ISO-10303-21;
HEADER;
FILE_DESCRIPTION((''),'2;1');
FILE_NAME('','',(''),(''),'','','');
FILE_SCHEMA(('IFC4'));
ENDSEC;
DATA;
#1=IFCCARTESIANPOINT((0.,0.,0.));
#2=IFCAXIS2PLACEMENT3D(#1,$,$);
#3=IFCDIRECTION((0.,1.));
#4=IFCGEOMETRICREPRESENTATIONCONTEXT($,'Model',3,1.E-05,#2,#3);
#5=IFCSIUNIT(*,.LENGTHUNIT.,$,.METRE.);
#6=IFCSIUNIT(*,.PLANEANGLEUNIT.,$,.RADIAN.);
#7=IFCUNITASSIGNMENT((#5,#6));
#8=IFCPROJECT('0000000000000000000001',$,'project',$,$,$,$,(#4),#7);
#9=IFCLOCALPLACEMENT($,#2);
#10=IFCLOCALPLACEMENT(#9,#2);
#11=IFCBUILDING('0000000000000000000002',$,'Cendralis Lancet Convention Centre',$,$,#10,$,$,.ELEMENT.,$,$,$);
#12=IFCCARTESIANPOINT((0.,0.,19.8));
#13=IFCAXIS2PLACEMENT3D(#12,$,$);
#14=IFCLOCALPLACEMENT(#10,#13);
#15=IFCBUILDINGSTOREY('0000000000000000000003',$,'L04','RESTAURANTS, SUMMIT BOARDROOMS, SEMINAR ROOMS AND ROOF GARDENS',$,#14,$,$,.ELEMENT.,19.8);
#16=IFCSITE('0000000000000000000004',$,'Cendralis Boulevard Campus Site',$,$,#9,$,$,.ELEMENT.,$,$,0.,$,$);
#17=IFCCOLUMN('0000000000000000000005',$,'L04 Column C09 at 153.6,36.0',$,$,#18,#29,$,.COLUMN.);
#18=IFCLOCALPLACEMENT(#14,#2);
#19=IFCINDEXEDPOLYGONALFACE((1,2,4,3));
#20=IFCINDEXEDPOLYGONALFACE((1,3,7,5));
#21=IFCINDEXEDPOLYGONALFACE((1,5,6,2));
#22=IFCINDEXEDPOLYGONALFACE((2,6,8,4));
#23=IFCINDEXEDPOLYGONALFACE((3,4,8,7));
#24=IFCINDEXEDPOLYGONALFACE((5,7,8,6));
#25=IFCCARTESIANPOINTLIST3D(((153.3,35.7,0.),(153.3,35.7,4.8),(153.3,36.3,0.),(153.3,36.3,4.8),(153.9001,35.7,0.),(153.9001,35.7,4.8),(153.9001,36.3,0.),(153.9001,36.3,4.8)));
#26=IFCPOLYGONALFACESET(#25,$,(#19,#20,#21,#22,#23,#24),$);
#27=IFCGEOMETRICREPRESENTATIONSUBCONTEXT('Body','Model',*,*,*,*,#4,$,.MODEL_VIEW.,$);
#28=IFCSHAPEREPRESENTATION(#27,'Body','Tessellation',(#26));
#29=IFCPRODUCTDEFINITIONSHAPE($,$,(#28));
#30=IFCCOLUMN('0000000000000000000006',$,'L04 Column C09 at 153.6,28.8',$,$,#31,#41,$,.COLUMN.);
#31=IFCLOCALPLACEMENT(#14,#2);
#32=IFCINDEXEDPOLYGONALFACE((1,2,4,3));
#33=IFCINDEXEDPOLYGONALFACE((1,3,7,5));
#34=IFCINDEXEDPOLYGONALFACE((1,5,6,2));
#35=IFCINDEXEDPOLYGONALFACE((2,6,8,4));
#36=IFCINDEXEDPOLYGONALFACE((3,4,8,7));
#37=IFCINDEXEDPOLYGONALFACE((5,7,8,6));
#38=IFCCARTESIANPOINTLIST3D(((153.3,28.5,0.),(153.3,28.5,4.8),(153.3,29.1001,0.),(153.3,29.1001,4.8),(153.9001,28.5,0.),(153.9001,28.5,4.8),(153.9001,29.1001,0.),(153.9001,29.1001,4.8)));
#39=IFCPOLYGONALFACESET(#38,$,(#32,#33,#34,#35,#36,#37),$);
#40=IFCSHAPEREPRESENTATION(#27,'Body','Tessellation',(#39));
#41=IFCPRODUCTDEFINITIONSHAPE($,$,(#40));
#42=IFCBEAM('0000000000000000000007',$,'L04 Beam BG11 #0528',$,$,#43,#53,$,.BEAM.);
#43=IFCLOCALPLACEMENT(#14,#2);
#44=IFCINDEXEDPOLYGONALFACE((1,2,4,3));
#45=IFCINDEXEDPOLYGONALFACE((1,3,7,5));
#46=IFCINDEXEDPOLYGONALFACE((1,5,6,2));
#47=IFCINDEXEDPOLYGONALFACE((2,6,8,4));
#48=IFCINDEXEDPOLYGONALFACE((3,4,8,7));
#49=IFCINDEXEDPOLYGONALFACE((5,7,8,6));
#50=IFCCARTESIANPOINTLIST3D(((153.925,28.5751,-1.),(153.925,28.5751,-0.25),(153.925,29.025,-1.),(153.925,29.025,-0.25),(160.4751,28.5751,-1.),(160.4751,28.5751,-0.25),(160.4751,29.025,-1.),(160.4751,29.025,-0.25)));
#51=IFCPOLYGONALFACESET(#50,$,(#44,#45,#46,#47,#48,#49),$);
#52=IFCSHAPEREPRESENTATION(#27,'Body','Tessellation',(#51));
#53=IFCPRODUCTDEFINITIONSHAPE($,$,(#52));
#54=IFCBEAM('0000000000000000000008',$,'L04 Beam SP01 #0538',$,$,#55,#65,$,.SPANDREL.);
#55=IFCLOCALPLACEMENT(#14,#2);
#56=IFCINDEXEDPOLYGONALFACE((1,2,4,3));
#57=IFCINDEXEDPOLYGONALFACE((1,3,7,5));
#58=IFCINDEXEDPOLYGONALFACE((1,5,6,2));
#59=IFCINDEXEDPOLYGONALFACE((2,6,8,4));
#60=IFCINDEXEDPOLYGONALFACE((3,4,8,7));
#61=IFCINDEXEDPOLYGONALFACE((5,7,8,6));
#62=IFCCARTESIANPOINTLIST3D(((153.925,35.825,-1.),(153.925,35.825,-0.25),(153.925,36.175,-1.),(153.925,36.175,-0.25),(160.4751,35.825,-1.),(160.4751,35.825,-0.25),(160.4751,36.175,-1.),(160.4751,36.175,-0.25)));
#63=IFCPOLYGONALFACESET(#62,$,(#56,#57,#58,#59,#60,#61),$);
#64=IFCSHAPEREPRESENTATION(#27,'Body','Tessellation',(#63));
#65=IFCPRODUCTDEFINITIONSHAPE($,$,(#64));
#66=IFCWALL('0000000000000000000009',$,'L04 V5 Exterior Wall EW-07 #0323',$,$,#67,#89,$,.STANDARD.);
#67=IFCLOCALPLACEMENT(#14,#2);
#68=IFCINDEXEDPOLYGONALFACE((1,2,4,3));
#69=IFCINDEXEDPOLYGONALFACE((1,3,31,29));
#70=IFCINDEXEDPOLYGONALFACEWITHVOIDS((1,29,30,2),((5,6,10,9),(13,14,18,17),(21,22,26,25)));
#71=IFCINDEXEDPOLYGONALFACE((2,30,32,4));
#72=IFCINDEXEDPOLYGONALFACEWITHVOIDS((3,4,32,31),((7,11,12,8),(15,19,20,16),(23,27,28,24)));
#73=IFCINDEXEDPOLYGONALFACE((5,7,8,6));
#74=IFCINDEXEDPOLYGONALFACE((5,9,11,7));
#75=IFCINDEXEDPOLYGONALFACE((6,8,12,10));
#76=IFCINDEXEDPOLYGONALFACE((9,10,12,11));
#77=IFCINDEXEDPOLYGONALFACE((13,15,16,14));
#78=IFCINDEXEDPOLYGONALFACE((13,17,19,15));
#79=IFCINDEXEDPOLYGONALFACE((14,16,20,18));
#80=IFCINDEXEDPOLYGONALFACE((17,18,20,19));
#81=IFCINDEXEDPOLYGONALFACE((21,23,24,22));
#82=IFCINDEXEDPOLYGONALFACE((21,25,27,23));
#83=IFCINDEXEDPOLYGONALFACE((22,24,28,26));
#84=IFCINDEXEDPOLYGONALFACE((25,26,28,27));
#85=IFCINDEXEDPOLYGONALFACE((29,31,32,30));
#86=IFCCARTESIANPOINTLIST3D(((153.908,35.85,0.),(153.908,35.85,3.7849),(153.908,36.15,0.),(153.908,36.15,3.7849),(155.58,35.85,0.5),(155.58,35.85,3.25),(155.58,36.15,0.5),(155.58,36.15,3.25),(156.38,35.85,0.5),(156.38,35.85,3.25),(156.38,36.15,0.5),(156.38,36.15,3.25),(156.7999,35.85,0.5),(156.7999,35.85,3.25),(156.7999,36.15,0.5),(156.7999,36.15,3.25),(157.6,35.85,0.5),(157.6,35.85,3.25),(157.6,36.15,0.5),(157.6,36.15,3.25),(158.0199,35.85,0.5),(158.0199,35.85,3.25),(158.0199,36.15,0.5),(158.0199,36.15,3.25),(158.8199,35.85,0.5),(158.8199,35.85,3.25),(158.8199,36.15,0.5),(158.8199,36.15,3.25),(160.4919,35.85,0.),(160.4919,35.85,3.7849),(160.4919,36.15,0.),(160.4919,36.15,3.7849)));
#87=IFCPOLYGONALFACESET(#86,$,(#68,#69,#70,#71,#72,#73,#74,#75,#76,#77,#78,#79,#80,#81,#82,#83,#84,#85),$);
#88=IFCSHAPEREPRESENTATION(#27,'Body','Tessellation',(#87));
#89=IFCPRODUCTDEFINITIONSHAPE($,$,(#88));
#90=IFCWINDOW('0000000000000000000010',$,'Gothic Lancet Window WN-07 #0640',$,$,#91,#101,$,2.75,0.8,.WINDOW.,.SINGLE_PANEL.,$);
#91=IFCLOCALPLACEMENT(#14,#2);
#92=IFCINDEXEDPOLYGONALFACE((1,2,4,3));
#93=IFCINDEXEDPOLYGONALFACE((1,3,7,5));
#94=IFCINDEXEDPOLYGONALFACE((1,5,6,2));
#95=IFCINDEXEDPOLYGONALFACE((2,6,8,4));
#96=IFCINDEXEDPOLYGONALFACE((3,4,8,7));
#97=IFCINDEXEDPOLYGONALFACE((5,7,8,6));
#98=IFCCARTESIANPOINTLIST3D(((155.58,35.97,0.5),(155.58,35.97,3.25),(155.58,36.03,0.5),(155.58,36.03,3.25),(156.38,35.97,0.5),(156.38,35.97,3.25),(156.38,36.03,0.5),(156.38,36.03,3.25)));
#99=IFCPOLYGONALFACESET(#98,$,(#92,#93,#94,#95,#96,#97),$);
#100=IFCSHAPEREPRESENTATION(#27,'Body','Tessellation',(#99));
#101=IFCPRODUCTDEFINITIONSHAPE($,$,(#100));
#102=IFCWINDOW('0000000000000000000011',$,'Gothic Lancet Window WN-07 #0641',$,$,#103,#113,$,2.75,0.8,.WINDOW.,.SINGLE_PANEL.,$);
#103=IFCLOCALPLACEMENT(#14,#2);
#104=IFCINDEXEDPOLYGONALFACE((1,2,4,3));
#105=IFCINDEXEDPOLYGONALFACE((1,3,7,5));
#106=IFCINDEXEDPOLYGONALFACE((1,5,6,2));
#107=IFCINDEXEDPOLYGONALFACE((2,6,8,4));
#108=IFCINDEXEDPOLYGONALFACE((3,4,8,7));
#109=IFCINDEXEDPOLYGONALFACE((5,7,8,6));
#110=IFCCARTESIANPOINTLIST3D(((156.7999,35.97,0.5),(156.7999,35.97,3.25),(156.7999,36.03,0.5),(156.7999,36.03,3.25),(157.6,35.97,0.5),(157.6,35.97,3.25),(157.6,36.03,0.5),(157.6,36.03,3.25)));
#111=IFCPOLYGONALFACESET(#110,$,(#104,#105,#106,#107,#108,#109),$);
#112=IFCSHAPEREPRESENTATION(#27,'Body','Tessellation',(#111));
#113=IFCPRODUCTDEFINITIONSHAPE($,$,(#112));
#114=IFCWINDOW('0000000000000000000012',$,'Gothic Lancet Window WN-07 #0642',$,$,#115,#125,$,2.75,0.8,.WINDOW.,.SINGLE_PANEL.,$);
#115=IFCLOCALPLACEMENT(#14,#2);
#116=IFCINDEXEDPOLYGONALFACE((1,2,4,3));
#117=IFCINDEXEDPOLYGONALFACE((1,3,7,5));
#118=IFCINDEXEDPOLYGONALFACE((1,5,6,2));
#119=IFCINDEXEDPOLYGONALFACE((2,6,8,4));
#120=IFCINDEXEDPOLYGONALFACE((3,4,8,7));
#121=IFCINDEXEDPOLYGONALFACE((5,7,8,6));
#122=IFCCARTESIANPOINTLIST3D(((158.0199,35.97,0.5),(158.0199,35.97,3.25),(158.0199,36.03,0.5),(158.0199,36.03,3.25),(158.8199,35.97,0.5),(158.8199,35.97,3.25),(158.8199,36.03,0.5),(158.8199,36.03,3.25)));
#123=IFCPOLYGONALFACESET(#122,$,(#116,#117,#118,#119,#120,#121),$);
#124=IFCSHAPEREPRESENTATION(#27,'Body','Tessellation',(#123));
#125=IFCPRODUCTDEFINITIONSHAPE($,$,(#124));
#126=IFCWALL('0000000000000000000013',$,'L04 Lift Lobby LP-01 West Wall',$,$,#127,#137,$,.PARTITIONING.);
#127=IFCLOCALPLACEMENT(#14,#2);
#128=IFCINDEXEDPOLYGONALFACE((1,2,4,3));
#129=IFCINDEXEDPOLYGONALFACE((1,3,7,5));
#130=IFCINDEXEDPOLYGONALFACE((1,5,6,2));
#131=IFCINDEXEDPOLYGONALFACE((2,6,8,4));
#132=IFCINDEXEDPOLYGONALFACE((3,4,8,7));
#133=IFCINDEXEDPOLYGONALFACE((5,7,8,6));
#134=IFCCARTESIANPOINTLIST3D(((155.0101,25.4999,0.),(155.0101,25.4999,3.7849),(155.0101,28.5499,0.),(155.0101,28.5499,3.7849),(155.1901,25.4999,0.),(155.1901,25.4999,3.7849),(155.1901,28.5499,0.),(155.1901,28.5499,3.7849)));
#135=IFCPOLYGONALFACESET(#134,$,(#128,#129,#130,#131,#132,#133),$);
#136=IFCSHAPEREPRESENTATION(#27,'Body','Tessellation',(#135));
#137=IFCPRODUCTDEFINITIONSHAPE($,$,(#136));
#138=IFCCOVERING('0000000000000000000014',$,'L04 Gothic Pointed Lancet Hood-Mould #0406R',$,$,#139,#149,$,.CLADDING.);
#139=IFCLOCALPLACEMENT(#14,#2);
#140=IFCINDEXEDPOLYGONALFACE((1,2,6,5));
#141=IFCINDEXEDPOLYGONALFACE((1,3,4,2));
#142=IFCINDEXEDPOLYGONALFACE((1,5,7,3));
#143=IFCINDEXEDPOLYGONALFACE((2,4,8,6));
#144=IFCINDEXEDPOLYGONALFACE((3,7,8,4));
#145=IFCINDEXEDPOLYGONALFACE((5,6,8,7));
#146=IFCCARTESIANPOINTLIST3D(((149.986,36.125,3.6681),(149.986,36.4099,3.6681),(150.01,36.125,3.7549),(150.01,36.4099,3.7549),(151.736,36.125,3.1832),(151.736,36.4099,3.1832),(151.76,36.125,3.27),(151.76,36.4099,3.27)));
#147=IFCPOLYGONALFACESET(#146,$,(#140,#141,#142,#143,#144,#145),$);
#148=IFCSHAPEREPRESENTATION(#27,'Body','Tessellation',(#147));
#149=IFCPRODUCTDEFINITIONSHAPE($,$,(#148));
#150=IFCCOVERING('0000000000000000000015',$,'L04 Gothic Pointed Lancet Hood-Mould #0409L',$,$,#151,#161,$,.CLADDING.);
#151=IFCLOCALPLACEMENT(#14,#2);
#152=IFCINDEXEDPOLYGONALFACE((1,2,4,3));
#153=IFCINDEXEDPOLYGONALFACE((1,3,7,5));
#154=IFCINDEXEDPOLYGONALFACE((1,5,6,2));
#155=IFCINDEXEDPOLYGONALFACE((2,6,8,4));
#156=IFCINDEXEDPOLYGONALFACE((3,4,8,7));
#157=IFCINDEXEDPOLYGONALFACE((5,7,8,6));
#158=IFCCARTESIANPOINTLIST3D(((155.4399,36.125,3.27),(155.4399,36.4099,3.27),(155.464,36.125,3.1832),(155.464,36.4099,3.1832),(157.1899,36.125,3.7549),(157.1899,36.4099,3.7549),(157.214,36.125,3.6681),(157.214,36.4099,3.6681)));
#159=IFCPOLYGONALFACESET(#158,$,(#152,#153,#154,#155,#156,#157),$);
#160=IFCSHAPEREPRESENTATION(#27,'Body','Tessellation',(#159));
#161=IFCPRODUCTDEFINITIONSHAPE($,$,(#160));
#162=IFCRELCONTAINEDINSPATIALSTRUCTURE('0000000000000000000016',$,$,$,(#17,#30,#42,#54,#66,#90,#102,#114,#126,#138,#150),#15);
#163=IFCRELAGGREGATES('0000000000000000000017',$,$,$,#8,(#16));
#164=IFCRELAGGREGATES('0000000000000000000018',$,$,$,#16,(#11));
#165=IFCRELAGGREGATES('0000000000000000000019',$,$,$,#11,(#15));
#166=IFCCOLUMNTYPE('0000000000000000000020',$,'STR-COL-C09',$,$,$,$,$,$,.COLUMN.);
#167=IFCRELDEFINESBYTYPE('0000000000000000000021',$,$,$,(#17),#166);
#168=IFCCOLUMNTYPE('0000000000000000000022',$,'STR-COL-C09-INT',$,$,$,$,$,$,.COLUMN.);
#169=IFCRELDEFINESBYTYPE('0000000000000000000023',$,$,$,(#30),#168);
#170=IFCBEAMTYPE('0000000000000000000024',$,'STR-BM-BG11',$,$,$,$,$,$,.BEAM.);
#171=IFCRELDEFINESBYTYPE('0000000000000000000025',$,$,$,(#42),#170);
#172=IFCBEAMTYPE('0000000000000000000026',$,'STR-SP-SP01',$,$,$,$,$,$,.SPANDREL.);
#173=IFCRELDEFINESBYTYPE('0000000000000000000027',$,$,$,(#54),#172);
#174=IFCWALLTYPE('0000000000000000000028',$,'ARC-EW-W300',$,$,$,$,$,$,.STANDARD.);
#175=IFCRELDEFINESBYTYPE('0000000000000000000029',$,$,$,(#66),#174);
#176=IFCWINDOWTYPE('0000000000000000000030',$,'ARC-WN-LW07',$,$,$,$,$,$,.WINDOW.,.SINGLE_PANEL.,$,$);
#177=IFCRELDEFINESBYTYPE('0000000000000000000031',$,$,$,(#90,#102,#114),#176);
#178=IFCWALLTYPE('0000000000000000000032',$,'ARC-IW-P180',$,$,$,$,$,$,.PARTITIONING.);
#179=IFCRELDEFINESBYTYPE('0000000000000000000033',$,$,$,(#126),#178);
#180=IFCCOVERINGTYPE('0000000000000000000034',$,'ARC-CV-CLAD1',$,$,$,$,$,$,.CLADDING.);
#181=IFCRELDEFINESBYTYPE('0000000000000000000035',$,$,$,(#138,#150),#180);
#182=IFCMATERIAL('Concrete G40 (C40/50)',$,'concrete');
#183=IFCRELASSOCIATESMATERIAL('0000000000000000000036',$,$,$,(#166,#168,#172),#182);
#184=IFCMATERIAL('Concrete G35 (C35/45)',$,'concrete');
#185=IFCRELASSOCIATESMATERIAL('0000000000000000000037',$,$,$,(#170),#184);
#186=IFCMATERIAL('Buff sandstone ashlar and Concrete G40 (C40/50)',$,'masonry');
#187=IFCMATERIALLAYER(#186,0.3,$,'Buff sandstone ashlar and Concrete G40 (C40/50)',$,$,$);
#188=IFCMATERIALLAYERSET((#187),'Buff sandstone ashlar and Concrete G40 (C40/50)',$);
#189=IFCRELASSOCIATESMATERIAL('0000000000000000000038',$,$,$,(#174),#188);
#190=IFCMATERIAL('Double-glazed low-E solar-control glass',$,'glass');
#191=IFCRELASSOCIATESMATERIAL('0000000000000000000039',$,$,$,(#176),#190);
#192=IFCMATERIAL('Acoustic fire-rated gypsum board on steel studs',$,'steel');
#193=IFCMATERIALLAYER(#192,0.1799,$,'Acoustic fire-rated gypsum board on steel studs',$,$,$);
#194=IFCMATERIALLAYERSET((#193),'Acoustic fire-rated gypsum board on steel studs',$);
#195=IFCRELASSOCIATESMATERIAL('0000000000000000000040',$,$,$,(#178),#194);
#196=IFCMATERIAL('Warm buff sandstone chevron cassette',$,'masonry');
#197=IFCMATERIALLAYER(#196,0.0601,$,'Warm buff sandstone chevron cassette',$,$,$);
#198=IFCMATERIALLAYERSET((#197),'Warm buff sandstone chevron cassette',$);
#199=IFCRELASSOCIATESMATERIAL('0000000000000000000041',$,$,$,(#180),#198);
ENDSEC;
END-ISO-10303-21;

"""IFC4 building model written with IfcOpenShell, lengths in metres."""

from ifc_helpers import new_model, si_unit, direction, frame, frame_2d, origin, origin_2d, place, context, subcontext, project, spatial, polyline, rectangle, outline, extrude, material, layer, layer_set, material_profile, profile_set, type_object, element, fill, save


model = new_model("IFC4")

# Units and contexts
model_context = context("Model", 3, precision=1e-05, world=origin(), true_north=direction((0.0, 1.0)))
body_context = subcontext(model_context, "Body", "Model", "MODEL_VIEW")
ifc_project = project(units=[si_unit("LENGTHUNIT", "METRE"), si_unit("PLANEANGLEUNIT", "RADIAN")], contexts=[model_context])

# Site, building, storey
site_placement = place(None, origin())
site = spatial("IfcSite", under=ifc_project, at=site_placement, Name="Cendralis Boulevard Campus Site", CompositionType="ELEMENT", RefElevation=0.0)
building_placement = place(site_placement, origin())
building = spatial("IfcBuilding", under=site, at=building_placement, Name="Cendralis Lancet Convention Centre", CompositionType="ELEMENT")
storey_placement = place(building_placement, frame((0.0, 0.0, 19.8)))
storey = spatial("IfcBuildingStorey", under=building, at=storey_placement, Name="L04", Description="RESTAURANTS, SUMMIT BOARDROOMS, SEMINAR ROOMS AND ROOF GARDENS", CompositionType="ELEMENT", Elevation=19.8)

# Columns
ifc_material_1 = material(Name="Concrete G40 (C40/50)", Category="concrete")
ifc_material_profile_1 = material_profile(ifc_material_1, rectangle(XDim=0.6001, YDim=0.6001, at=origin_2d()), Name="RC 600x600")
ifc_profile_set_1 = profile_set([ifc_material_profile_1], Name="Concrete G40 (C40/50)")
column_type_1 = type_object("IfcColumnType", Name="STR-COL-C09", PredefinedType="COLUMN", material=ifc_profile_set_1)
column_1_placement = place(storey_placement, frame((153.6001, 36.0, 0.0), z_axis=(0.0, 0.0, 1.0), x_axis=(1.0, 0.0, 0.0)))
element("IfcColumn", 1, at=column_1_placement, inside=storey, type_object=column_type_1, Name="L04 Column C09 at 153.6,36.0", PredefinedType="COLUMN", context=body_context, shape_type="SweptSolid", body=[
    extrude(rectangle(XDim=0.6001, YDim=0.6001, at=origin_2d()), origin(), (0.0, 0.0, 1.0), 4.8),
])
ifc_material_profile_2 = material_profile(ifc_material_1, rectangle(XDim=0.6001, YDim=0.6001, at=origin_2d()), Name="RC 600x600")
ifc_profile_set_2 = profile_set([ifc_material_profile_2], Name="Concrete G40 (C40/50)")
column_type_2 = type_object("IfcColumnType", Name="STR-COL-C09-INT", PredefinedType="COLUMN", material=ifc_profile_set_2)
column_2_placement = place(storey_placement, frame((153.6001, 28.8, 0.0), z_axis=(0.0, 0.0, 1.0), x_axis=(1.0, 0.0, 0.0)))
element("IfcColumn", 2, at=column_2_placement, inside=storey, type_object=column_type_2, Name="L04 Column C09 at 153.6,28.8", PredefinedType="COLUMN", context=body_context, shape_type="SweptSolid", body=[
    extrude(rectangle(XDim=0.6001, YDim=0.6001, at=origin_2d()), origin(), (0.0, 0.0, 1.0), 4.8),
])

# Beams
ifc_material_2 = material(Name="Concrete G35 (C35/45)", Category="concrete")
ifc_material_profile_3 = material_profile(ifc_material_2, rectangle(XDim=0.45, YDim=0.75, at=origin_2d()), Name="RCB 450x750")
ifc_profile_set_3 = profile_set([ifc_material_profile_3], Name="Concrete G35 (C35/45)")
beam_type_1 = type_object("IfcBeamType", Name="STR-BM-BG11", PredefinedType="BEAM", material=ifc_profile_set_3)
beam_1_placement = place(storey_placement, frame((153.925, 28.8, -0.625), z_axis=(1.0, 0.0, 0.0), x_axis=(0.0, 1.0, 0.0)))
element("IfcBeam", 3, at=beam_1_placement, inside=storey, type_object=beam_type_1, Name="L04 Beam BG11 #0528", PredefinedType="BEAM", context=body_context, shape_type="SweptSolid", body=[
    extrude(rectangle(XDim=0.45, YDim=0.75, at=origin_2d()), origin(), (0.0, 0.0, 1.0), 6.55),
])
ifc_material_profile_4 = material_profile(ifc_material_1, rectangle(XDim=0.3501, YDim=0.75, at=origin_2d()), Name="RCB 350x750")
ifc_profile_set_4 = profile_set([ifc_material_profile_4], Name="Concrete G40 (C40/50)")
beam_type_2 = type_object("IfcBeamType", Name="STR-SP-SP01", PredefinedType="SPANDREL", material=ifc_profile_set_4)
beam_2_placement = place(storey_placement, frame((153.925, 36.0, -0.625), z_axis=(1.0, 0.0, 0.0), x_axis=(0.0, 1.0, 0.0)))
element("IfcBeam", 4, at=beam_2_placement, inside=storey, type_object=beam_type_2, Name="L04 Beam SP01 #0538", PredefinedType="SPANDREL", context=body_context, shape_type="SweptSolid", body=[
    extrude(rectangle(XDim=0.3501, YDim=0.75, at=origin_2d()), origin(), (0.0, 0.0, 1.0), 6.55),
])

# Wall, openings, windows
ifc_material_3 = material(Name="Buff sandstone ashlar and Concrete G40 (C40/50)", Category="masonry")
ifc_layer_1 = layer(ifc_material_3, 0.3, Name="Buff sandstone ashlar and Concrete G40 (C40/50)")
ifc_layer_set_1 = layer_set([ifc_layer_1], Name="Buff sandstone ashlar and Concrete G40 (C40/50)")
wall_type_1 = type_object("IfcWallType", Name="ARC-EW-W300", PredefinedType="STANDARD", material=ifc_layer_set_1)
wall_1_placement = place(storey_placement, frame((153.908, 36.0, 0.0), z_axis=(0.0, 0.0, 1.0), x_axis=(1.0, 0.0, 0.0)))
wall_1 = element("IfcWall", 5, at=wall_1_placement, inside=storey, type_object=wall_type_1, Name="L04 V5 Exterior Wall EW-07 #0323", PredefinedType="STANDARD", context=body_context, shape_type="SweptSolid", body=[
    extrude(rectangle(XDim=6.584, YDim=0.3, at=frame_2d((3.292, 0.0))), origin(), (0.0, 0.0, 1.0), 3.7849),
])
opening_1_placement = place(wall_1_placement, frame((1.6721, 0.0, 0.5)))
opening_1 = element("IfcOpeningElement", 6, at=opening_1_placement, cuts=wall_1, PredefinedType="OPENING", context=body_context, shape_type="SweptSolid", body=[
    extrude(rectangle(XDim=0.8, YDim=2.75, at=frame_2d((0.3999, 1.375))), frame((0.0, 0.1599, 0.0), z_axis=(0.0, -1.0, 0.0), x_axis=(1.0, 0.0, 0.0)), (0.0, 0.0, 1.0), 0.3201),
])
opening_2_placement = place(wall_1_placement, frame((2.8921, 0.0, 0.5)))
opening_2 = element("IfcOpeningElement", 7, at=opening_2_placement, cuts=wall_1, PredefinedType="OPENING", context=body_context, shape_type="SweptSolid", body=[
    extrude(rectangle(XDim=0.8, YDim=2.75, at=frame_2d((0.3999, 1.375))), frame((0.0, 0.1599, 0.0), z_axis=(0.0, -1.0, 0.0), x_axis=(1.0, 0.0, 0.0)), (0.0, 0.0, 1.0), 0.3201),
])
opening_3_placement = place(wall_1_placement, frame((4.1121, 0.0, 0.5)))
opening_3 = element("IfcOpeningElement", 8, at=opening_3_placement, cuts=wall_1, PredefinedType="OPENING", context=body_context, shape_type="SweptSolid", body=[
    extrude(rectangle(XDim=0.8, YDim=2.75, at=frame_2d((0.3999, 1.375))), frame((0.0, 0.1599, 0.0), z_axis=(0.0, -1.0, 0.0), x_axis=(1.0, 0.0, 0.0)), (0.0, 0.0, 1.0), 0.3201),
])
ifc_material_4 = material(Name="Double-glazed low-E solar-control glass", Category="glass")
window_type = type_object("IfcWindowType", Name="ARC-WN-LW07", PartitioningType="SINGLE_PANEL", PredefinedType="WINDOW", material=ifc_material_4)
window_1_placement = place(opening_1_placement, origin())
window_1 = element("IfcWindow", 9, at=window_1_placement, inside=storey, type_object=window_type, Name="Gothic Lancet Window WN-07 #0640", OverallHeight=2.75, OverallWidth=0.8, PartitioningType="SINGLE_PANEL", PredefinedType="WINDOW", context=body_context, shape_type="SweptSolid", body=[
    extrude(rectangle(XDim=0.8, YDim=2.75, at=frame_2d((0.3999, 1.375))), frame((0.0, 0.03, 0.0), z_axis=(0.0, -1.0, 0.0), x_axis=(1.0, 0.0, 0.0)), (0.0, 0.0, 1.0), 0.0601),
])
fill(opening_1, window_1)
window_2_placement = place(opening_2_placement, origin())
window_2 = element("IfcWindow", 10, at=window_2_placement, inside=storey, type_object=window_type, Name="Gothic Lancet Window WN-07 #0641", OverallHeight=2.75, OverallWidth=0.8, PartitioningType="SINGLE_PANEL", PredefinedType="WINDOW", context=body_context, shape_type="SweptSolid", body=[
    extrude(rectangle(XDim=0.8, YDim=2.75, at=frame_2d((0.3999, 1.375))), frame((0.0, 0.03, 0.0), z_axis=(0.0, -1.0, 0.0), x_axis=(1.0, 0.0, 0.0)), (0.0, 0.0, 1.0), 0.0601),
])
fill(opening_2, window_2)
window_3_placement = place(opening_3_placement, origin())
window_3 = element("IfcWindow", 11, at=window_3_placement, inside=storey, type_object=window_type, Name="Gothic Lancet Window WN-07 #0642", OverallHeight=2.75, OverallWidth=0.8, PartitioningType="SINGLE_PANEL", PredefinedType="WINDOW", context=body_context, shape_type="SweptSolid", body=[
    extrude(rectangle(XDim=0.8, YDim=2.75, at=frame_2d((0.3999, 1.375))), frame((0.0, 0.03, 0.0), z_axis=(0.0, -1.0, 0.0), x_axis=(1.0, 0.0, 0.0)), (0.0, 0.0, 1.0), 0.0601),
])
fill(opening_3, window_3)

# Shared definitions
ifc_material_5 = material(Name="Acoustic fire-rated gypsum board on steel studs", Category="steel")
ifc_layer_2 = layer(ifc_material_5, 0.1799, Name="Acoustic fire-rated gypsum board on steel studs")
ifc_layer_set_2 = layer_set([ifc_layer_2], Name="Acoustic fire-rated gypsum board on steel studs")
wall_type_2 = type_object("IfcWallType", Name="ARC-IW-P180", PredefinedType="PARTITIONING", material=ifc_layer_set_2)

# Wall
wall_2_placement = place(storey_placement, frame((155.1001, 25.5, 0.0), z_axis=(0.0, 0.0, 1.0), x_axis=(0.0, 1.0, 0.0)))
element("IfcWall", 12, at=wall_2_placement, inside=storey, type_object=wall_type_2, Name="L04 Lift Lobby LP-01 West Wall", PredefinedType="PARTITIONING", context=body_context, shape_type="SweptSolid", body=[
    extrude(rectangle(XDim=3.05, YDim=0.1799, at=frame_2d((1.5249, 0.0))), origin(), (0.0, 0.0, 1.0), 3.7849),
])

# Coverings
ifc_material_6 = material(Name="Warm buff sandstone chevron cassette", Category="masonry")
ifc_layer_3 = layer(ifc_material_6, 0.0601, Name="Warm buff sandstone chevron cassette")
ifc_layer_set_3 = layer_set([ifc_layer_3], Name="Warm buff sandstone chevron cassette")
covering_type = type_object("IfcCoveringType", Name="ARC-CV-CLAD1", PredefinedType="CLADDING", material=ifc_layer_set_3)
for number, where, z_axis, x_axis, name in (
    (13, (150.01, 36.4099, 3.7549), (0.267006, 0.0, 0.963695), (0.0, -1.0, 0.0), "L04 Gothic Pointed Lancet Hood-Mould #0406R"),
    (14, (155.4399, 36.4099, 3.27), (-0.267006, 0.0, 0.963695), (0.0, -1.0, 0.0), "L04 Gothic Pointed Lancet Hood-Mould #0409L"),
):
    element("IfcCovering", number, at=place(storey_placement, frame(where, z_axis=z_axis, x_axis=x_axis)), inside=storey, type_object=covering_type, Name=name, PredefinedType="CLADDING", context=body_context, shape_type="SweptSolid", body=[
        extrude(outline(polyline([(0.0, 0.0), (0.2849, 0.0), (0.2849, 1.8159), (0.0, 1.8159), (0.0, 0.0)])), origin(), (0.0, 0.0, -1.0), 0.0901),
    ])

save(model, "model.ifc")
